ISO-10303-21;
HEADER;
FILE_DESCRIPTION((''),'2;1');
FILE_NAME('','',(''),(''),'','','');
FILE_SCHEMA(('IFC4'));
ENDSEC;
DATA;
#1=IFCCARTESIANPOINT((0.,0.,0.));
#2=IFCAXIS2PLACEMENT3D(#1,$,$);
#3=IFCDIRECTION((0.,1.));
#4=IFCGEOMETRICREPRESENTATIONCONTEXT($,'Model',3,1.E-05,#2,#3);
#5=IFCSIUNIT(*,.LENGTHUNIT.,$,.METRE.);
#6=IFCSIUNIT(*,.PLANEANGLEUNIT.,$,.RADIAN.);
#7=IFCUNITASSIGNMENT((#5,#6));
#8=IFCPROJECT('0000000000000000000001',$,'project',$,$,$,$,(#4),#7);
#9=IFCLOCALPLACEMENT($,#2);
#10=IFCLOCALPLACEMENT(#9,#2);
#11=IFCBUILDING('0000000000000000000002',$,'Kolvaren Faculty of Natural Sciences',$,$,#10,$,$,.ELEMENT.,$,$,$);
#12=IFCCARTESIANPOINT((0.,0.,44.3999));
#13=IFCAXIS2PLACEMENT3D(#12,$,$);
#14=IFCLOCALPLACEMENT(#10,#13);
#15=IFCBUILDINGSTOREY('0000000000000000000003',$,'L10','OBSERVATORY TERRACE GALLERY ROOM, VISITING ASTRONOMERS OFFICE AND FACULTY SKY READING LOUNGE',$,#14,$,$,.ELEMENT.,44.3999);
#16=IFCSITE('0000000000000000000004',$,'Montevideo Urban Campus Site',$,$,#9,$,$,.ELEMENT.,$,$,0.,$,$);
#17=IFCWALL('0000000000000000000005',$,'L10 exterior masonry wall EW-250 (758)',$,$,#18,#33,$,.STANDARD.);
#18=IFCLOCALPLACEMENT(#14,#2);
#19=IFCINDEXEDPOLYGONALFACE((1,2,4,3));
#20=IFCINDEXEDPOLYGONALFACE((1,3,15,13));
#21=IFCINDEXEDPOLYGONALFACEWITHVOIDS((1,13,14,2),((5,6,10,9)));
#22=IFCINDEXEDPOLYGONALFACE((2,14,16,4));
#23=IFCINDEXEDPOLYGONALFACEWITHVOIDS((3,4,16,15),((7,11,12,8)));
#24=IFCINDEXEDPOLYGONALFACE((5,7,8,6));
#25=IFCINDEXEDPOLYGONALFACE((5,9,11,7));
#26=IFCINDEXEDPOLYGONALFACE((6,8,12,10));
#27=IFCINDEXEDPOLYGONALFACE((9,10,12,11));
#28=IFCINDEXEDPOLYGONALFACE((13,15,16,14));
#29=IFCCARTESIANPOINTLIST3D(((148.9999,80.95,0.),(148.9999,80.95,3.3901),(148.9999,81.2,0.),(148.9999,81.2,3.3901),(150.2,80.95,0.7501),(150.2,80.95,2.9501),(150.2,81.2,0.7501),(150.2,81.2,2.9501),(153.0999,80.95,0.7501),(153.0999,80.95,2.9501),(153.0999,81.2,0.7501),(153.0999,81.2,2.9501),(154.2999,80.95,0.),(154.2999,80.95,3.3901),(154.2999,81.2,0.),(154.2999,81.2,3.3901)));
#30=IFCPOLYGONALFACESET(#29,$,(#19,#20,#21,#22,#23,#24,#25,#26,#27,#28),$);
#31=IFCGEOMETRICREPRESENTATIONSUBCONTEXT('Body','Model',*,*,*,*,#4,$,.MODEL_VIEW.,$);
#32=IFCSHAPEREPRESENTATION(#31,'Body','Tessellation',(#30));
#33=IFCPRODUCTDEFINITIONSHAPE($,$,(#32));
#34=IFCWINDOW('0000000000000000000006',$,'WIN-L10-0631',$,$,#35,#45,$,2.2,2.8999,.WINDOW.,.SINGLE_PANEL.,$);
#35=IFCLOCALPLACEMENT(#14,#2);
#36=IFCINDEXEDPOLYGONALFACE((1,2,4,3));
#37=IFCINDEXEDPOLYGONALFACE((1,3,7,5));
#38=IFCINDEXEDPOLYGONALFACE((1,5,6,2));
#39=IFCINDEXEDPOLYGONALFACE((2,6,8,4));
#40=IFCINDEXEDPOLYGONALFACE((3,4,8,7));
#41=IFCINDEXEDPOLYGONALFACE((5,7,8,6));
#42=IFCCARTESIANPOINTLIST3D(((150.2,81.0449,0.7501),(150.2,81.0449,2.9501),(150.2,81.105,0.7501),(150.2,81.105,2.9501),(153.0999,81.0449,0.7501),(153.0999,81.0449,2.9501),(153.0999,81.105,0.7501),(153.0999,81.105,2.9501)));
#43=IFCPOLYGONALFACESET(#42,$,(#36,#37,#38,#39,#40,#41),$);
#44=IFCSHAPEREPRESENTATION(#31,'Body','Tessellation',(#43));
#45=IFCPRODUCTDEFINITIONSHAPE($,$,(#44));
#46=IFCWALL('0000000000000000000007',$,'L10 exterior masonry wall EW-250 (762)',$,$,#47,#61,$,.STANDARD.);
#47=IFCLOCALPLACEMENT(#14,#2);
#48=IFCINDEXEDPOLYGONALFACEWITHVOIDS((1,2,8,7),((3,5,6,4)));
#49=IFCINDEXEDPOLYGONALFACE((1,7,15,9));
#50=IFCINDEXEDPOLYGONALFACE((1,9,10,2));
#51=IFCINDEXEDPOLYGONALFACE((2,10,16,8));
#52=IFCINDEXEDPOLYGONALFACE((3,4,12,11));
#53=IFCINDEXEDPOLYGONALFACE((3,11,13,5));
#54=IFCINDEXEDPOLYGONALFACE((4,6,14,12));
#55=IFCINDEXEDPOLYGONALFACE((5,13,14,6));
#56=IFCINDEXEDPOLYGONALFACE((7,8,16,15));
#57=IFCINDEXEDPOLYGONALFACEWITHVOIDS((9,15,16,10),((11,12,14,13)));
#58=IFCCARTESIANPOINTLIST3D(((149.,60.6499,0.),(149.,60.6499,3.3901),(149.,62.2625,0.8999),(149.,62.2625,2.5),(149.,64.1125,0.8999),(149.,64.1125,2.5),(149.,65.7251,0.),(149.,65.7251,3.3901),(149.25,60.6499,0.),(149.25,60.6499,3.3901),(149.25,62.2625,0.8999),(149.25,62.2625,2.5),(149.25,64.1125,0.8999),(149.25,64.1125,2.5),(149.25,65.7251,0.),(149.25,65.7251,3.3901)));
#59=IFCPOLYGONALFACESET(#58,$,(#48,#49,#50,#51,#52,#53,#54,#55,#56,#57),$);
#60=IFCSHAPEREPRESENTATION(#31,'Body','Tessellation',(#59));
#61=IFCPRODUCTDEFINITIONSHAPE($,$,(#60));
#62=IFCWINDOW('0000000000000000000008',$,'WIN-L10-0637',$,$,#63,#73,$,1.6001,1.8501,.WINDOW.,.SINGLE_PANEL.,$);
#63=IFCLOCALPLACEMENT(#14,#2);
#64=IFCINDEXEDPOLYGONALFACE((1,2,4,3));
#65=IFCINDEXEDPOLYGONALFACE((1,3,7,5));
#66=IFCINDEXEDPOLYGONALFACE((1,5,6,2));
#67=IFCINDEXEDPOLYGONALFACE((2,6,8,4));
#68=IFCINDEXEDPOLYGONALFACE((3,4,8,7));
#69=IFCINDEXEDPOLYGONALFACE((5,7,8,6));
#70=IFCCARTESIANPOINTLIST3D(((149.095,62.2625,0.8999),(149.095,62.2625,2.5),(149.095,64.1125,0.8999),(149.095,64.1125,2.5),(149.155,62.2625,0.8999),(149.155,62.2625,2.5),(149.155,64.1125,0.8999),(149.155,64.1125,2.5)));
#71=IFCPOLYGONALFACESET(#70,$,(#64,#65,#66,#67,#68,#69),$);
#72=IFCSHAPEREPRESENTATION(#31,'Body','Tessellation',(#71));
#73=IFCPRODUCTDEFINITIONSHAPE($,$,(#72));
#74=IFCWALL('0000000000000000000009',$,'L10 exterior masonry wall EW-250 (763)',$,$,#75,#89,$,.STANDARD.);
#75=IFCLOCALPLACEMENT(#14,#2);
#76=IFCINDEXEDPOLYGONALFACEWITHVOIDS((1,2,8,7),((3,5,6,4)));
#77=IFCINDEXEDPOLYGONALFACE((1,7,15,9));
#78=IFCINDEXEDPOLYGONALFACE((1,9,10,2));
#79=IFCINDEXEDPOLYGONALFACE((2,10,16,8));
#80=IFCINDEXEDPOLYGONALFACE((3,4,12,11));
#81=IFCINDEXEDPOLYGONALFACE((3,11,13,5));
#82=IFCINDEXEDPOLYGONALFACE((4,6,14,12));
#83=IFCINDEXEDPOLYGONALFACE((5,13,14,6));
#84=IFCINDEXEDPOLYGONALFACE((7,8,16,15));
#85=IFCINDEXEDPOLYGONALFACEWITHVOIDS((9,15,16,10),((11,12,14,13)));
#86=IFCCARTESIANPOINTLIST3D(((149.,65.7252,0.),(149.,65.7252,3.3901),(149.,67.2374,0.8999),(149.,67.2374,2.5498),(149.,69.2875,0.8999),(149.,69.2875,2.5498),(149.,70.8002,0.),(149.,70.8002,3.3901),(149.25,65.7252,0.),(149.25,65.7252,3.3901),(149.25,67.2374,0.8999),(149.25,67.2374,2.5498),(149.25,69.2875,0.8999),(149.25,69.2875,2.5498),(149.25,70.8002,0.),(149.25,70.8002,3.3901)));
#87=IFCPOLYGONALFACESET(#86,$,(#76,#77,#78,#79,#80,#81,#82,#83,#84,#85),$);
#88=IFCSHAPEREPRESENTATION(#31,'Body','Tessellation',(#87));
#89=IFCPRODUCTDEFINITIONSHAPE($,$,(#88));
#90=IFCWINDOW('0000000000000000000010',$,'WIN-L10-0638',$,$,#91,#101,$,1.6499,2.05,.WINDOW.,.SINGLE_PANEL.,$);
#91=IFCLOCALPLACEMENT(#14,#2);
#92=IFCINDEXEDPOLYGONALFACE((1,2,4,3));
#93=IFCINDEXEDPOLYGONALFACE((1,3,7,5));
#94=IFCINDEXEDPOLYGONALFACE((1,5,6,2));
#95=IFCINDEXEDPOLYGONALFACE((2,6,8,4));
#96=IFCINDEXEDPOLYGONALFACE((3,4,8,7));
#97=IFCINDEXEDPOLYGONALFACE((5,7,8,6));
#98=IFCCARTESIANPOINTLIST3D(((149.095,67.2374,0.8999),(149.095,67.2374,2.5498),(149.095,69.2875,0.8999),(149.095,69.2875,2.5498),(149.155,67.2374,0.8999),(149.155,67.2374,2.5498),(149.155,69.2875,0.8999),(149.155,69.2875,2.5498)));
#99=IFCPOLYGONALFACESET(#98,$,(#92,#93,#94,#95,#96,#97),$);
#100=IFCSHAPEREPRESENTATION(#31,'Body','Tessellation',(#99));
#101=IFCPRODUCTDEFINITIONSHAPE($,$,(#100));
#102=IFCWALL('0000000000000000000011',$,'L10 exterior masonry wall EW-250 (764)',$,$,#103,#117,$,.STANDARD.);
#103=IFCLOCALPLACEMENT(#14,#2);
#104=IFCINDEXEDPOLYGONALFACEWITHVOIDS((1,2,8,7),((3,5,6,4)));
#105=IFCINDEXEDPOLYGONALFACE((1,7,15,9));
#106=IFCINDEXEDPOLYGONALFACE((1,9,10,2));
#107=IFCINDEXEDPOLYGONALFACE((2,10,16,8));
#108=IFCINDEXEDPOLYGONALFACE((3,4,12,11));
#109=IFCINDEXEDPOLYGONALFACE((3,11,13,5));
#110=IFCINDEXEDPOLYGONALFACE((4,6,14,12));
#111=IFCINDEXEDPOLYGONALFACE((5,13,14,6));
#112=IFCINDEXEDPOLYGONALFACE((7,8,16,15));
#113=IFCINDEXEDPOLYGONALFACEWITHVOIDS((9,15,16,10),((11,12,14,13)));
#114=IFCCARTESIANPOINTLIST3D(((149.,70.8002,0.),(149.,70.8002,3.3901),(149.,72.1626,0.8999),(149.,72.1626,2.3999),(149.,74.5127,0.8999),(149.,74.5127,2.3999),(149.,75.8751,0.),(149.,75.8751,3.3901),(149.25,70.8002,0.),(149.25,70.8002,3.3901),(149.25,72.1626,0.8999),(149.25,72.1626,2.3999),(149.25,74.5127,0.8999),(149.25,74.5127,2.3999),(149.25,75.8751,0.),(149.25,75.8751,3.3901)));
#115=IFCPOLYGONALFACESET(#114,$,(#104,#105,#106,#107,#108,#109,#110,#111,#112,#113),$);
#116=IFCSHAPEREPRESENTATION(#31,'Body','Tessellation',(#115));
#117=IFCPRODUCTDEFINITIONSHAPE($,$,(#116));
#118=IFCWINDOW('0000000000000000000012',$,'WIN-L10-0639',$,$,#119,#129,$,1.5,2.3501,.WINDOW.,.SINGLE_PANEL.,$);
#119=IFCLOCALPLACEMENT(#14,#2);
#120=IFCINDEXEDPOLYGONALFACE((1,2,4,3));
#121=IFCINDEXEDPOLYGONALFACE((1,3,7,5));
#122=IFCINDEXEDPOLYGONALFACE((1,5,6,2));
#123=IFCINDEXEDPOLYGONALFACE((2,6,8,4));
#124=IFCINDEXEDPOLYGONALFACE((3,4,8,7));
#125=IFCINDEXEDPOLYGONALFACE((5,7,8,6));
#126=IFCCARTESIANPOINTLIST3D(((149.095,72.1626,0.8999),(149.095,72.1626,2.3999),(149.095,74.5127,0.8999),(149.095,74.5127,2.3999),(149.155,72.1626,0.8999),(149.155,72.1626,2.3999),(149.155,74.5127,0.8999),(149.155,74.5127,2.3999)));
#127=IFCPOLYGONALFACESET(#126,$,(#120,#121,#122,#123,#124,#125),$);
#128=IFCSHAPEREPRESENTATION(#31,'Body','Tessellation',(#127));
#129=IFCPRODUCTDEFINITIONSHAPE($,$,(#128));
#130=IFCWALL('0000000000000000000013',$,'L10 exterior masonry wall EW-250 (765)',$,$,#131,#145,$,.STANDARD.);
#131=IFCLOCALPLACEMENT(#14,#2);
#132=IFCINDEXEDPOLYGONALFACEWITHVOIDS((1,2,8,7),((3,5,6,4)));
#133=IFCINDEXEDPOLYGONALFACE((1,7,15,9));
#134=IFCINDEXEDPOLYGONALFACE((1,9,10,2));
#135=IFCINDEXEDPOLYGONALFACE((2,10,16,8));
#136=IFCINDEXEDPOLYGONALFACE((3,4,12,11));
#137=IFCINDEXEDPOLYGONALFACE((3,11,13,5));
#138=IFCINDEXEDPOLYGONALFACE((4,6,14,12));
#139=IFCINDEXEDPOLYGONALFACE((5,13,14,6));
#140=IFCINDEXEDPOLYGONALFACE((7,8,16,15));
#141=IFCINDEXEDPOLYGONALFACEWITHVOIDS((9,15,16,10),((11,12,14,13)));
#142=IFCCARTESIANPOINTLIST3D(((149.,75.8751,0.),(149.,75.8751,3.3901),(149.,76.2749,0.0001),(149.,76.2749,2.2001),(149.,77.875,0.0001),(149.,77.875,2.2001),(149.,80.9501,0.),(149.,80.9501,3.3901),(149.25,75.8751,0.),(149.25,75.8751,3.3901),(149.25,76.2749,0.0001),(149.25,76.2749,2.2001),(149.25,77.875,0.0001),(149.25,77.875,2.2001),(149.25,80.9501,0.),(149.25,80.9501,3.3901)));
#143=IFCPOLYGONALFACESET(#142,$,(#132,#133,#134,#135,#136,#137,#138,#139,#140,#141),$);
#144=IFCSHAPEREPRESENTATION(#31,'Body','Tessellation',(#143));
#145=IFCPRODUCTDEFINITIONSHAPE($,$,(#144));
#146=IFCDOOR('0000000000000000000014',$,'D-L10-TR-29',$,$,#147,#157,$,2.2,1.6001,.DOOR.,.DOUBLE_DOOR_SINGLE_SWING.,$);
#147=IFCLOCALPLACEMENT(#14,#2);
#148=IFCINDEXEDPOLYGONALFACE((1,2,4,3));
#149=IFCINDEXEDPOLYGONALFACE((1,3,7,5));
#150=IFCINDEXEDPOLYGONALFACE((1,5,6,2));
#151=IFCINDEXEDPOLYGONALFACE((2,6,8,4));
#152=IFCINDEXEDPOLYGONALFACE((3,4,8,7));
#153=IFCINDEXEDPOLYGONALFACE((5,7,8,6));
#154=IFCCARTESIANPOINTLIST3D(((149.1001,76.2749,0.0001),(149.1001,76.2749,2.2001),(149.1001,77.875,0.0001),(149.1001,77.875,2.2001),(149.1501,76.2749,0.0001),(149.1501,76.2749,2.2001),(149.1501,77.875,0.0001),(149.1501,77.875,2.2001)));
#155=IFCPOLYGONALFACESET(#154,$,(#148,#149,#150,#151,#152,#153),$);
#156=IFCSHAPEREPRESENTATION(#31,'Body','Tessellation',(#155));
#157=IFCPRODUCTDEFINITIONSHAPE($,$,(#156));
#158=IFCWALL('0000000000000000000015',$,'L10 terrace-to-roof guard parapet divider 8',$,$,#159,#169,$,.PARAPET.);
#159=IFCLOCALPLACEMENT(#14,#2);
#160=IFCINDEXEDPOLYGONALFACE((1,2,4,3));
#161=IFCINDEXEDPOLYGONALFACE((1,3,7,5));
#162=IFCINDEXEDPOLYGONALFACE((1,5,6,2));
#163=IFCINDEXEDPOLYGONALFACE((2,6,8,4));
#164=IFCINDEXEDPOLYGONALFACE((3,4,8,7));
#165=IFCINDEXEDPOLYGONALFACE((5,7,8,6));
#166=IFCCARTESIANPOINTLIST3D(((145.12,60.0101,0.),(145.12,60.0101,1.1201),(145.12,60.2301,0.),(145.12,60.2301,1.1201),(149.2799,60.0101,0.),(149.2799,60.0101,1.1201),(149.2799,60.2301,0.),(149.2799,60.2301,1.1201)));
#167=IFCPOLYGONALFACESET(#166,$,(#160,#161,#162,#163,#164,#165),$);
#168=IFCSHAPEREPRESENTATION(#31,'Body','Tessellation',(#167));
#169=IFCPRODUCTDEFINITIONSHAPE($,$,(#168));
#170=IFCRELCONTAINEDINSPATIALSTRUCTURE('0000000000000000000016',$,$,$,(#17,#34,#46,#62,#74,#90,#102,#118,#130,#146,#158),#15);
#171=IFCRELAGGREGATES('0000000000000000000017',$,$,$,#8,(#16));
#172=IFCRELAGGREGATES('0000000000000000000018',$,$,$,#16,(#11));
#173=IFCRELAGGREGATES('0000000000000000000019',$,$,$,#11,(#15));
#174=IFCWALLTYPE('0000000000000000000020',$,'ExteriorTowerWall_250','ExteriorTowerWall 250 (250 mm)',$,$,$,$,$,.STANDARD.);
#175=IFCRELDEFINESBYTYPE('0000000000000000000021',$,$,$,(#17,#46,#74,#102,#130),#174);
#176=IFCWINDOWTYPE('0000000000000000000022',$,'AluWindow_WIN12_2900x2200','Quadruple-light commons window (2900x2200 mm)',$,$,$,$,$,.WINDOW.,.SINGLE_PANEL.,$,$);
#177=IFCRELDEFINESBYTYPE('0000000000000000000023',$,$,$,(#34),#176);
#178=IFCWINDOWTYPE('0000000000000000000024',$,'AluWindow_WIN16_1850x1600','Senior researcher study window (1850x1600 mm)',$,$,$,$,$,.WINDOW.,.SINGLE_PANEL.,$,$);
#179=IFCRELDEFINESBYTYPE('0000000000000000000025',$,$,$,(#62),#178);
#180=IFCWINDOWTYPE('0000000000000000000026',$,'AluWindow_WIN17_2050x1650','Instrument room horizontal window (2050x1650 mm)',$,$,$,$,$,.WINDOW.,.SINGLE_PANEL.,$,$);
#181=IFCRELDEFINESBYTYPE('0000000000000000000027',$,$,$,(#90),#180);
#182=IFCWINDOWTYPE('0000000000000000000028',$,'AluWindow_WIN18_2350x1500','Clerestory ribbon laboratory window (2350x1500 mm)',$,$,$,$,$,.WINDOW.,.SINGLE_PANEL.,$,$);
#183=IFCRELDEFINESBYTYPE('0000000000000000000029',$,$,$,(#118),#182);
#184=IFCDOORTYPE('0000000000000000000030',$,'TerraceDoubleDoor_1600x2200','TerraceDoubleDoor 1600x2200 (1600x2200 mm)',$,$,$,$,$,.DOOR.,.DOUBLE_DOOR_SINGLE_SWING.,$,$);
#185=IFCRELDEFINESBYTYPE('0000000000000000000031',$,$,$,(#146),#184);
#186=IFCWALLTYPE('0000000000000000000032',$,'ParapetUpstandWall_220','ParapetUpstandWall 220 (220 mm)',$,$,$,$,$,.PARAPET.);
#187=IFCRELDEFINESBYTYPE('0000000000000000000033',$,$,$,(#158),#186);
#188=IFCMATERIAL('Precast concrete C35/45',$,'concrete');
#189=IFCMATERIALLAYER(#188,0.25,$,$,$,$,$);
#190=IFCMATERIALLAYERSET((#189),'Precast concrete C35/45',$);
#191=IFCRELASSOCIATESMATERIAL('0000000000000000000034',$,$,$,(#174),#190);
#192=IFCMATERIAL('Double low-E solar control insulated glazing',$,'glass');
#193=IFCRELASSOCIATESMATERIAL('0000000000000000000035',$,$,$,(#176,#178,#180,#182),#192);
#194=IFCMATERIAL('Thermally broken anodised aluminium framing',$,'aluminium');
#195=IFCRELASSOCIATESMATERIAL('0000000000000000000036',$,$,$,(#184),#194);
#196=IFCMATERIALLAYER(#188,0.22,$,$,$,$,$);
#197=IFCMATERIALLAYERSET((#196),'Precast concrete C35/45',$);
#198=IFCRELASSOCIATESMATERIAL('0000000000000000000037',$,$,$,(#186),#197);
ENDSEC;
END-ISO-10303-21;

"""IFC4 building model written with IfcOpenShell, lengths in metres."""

from ifc_helpers import new_model, si_unit, direction, frame, frame_2d, origin, place, context, subcontext, project, spatial, rectangle, extrude, material, layer, layer_set, type_object, element, fill, save


model = new_model("IFC4")

# Units and contexts
model_context = context("Model", 3, precision=1e-05, world=origin(), true_north=direction((0.0, 1.0)))
body_context = subcontext(model_context, "Body", "Model", "MODEL_VIEW")
ifc_project = project(units=[si_unit("LENGTHUNIT", "METRE"), si_unit("PLANEANGLEUNIT", "RADIAN")], contexts=[model_context])

# Site, building, storey
site_placement = place(None, origin())
site = spatial("IfcSite", under=ifc_project, at=site_placement, Name="Montevideo Urban Campus Site", CompositionType="ELEMENT", RefElevation=0.0)
building_placement = place(site_placement, origin())
building = spatial("IfcBuilding", under=site, at=building_placement, Name="Kolvaren Faculty of Natural Sciences", CompositionType="ELEMENT")
storey_placement = place(building_placement, frame((0.0, 0.0, 44.3999)))
storey = spatial("IfcBuildingStorey", under=building, at=storey_placement, Name="L10", Description="OBSERVATORY TERRACE GALLERY ROOM, VISITING ASTRONOMERS OFFICE AND FACULTY SKY READING LOUNGE", CompositionType="ELEMENT", Elevation=44.3999)

# Walls, openings, windows
ifc_material_1 = material(Name="Precast concrete C35/45", Category="concrete")
ifc_layer_1 = layer(ifc_material_1, 0.25)
ifc_layer_set_1 = layer_set([ifc_layer_1], Name="Precast concrete C35/45")
wall_type_1 = type_object("IfcWallType", Name="ExteriorTowerWall_250", Description="ExteriorTowerWall 250 (250 mm)", PredefinedType="STANDARD", material=ifc_layer_set_1)
wall_1_placement = place(storey_placement, frame((149.0, 81.075, 0.0), z_axis=(0.0, 0.0, 1.0), x_axis=(1.0, 0.0, 0.0)))
wall_1 = element("IfcWall", 1, at=wall_1_placement, inside=storey, type_object=wall_type_1, Name="L10 exterior masonry wall EW-250 (758)", PredefinedType="STANDARD", context=body_context, shape_type="SweptSolid", body=[
    extrude(rectangle(XDim=5.3, YDim=0.25, at=frame_2d((2.6499, 0.0))), origin(), (0.0, 0.0, 1.0), 3.3901),
])
opening_1_placement = place(wall_1_placement, frame((1.2, 0.0, 0.75)))
opening_1 = element("IfcOpeningElement", 2, at=opening_1_placement, cuts=wall_1, PredefinedType="OPENING", context=body_context, shape_type="SweptSolid", body=[
    extrude(rectangle(XDim=2.8999, YDim=2.2, at=frame_2d((1.45, 1.1001))), frame((0.0, 0.135, 0.0), z_axis=(0.0, -1.0, 0.0), x_axis=(1.0, 0.0, 0.0)), (0.0, 0.0, 1.0), 0.27),
])
ifc_material_2 = material(Name="Double low-E solar control insulated glazing", Category="glass")
window_type_1 = type_object("IfcWindowType", Name="AluWindow_WIN12_2900x2200", Description="Quadruple-light commons window (2900x2200 mm)", PartitioningType="SINGLE_PANEL", PredefinedType="WINDOW", material=ifc_material_2)
window_1_placement = place(opening_1_placement, origin())
window_1 = element("IfcWindow", 3, at=window_1_placement, inside=storey, type_object=window_type_1, Name="WIN-L10-0631", OverallHeight=2.2, OverallWidth=2.8999, PartitioningType="SINGLE_PANEL", PredefinedType="WINDOW", context=body_context, shape_type="SweptSolid", body=[
    extrude(rectangle(XDim=2.8999, YDim=2.2, at=frame_2d((1.45, 1.1001))), frame((0.0, 0.03, 0.0), z_axis=(0.0, -1.0, 0.0), x_axis=(1.0, 0.0, 0.0)), (0.0, 0.0, 1.0), 0.0601),
])
fill(opening_1, window_1)
wall_2_placement = place(storey_placement, frame((149.125, 60.6499, 0.0), z_axis=(0.0, 0.0, 1.0), x_axis=(0.0, 1.0, 0.0)))
wall_2 = element("IfcWall", 4, at=wall_2_placement, inside=storey, type_object=wall_type_1, Name="L10 exterior masonry wall EW-250 (762)", PredefinedType="STANDARD", context=body_context, shape_type="SweptSolid", body=[
    extrude(rectangle(XDim=5.0752, YDim=0.25, at=frame_2d((2.5376, 0.0))), origin(), (0.0, 0.0, 1.0), 3.3901),
])
opening_2_placement = place(wall_2_placement, frame((1.6125, 0.0, 0.8999)))
opening_2 = element("IfcOpeningElement", 5, at=opening_2_placement, cuts=wall_2, PredefinedType="OPENING", context=body_context, shape_type="SweptSolid", body=[
    extrude(rectangle(XDim=1.8501, YDim=1.6001, at=frame_2d((0.925, 0.8))), frame((0.0, 0.135, 0.0), z_axis=(0.0, -1.0, 0.0), x_axis=(1.0, 0.0, 0.0)), (0.0, 0.0, 1.0), 0.27),
])
window_type_2 = type_object("IfcWindowType", Name="AluWindow_WIN16_1850x1600", Description="Senior researcher study window (1850x1600 mm)", PartitioningType="SINGLE_PANEL", PredefinedType="WINDOW", material=ifc_material_2)
window_2_placement = place(opening_2_placement, origin())
window_2 = element("IfcWindow", 6, at=window_2_placement, inside=storey, type_object=window_type_2, Name="WIN-L10-0637", OverallHeight=1.6001, OverallWidth=1.8501, PartitioningType="SINGLE_PANEL", PredefinedType="WINDOW", context=body_context, shape_type="SweptSolid", body=[
    extrude(rectangle(XDim=1.8501, YDim=1.6001, at=frame_2d((0.925, 0.8))), frame((0.0, 0.03, 0.0), z_axis=(0.0, -1.0, 0.0), x_axis=(1.0, 0.0, 0.0)), (0.0, 0.0, 1.0), 0.0601),
])
fill(opening_2, window_2)
wall_3_placement = place(storey_placement, frame((149.125, 65.7251, 0.0), z_axis=(0.0, 0.0, 1.0), x_axis=(0.0, 1.0, 0.0)))
wall_3 = element("IfcWall", 7, at=wall_3_placement, inside=storey, type_object=wall_type_1, Name="L10 exterior masonry wall EW-250 (763)", PredefinedType="STANDARD", context=body_context, shape_type="SweptSolid", body=[
    extrude(rectangle(XDim=5.075, YDim=0.25, at=frame_2d((2.5376, 0.0))), origin(), (0.0, 0.0, 1.0), 3.3901),
])
opening_3_placement = place(wall_3_placement, frame((1.5125, 0.0, 0.8999)))
opening_3 = element("IfcOpeningElement", 8, at=opening_3_placement, cuts=wall_3, PredefinedType="OPENING", context=body_context, shape_type="SweptSolid", body=[
    extrude(rectangle(XDim=2.05, YDim=1.6499, at=frame_2d((1.0249, 0.825))), frame((0.0, 0.135, 0.0), z_axis=(0.0, -1.0, 0.0), x_axis=(1.0, 0.0, 0.0)), (0.0, 0.0, 1.0), 0.27),
])
window_type_3 = type_object("IfcWindowType", Name="AluWindow_WIN17_2050x1650", Description="Instrument room horizontal window (2050x1650 mm)", PartitioningType="SINGLE_PANEL", PredefinedType="WINDOW", material=ifc_material_2)
window_3_placement = place(opening_3_placement, origin())
window_3 = element("IfcWindow", 9, at=window_3_placement, inside=storey, type_object=window_type_3, Name="WIN-L10-0638", OverallHeight=1.6499, OverallWidth=2.05, PartitioningType="SINGLE_PANEL", PredefinedType="WINDOW", context=body_context, shape_type="SweptSolid", body=[
    extrude(rectangle(XDim=2.05, YDim=1.6499, at=frame_2d((1.0249, 0.825))), frame((0.0, 0.03, 0.0), z_axis=(0.0, -1.0, 0.0), x_axis=(1.0, 0.0, 0.0)), (0.0, 0.0, 1.0), 0.0601),
])
fill(opening_3, window_3)
wall_4_placement = place(storey_placement, frame((149.125, 70.8, 0.0), z_axis=(0.0, 0.0, 1.0), x_axis=(0.0, 1.0, 0.0)))
wall_4 = element("IfcWall", 10, at=wall_4_placement, inside=storey, type_object=wall_type_1, Name="L10 exterior masonry wall EW-250 (764)", PredefinedType="STANDARD", context=body_context, shape_type="SweptSolid", body=[
    extrude(rectangle(XDim=5.075, YDim=0.25, at=frame_2d((2.5376, 0.0))), origin(), (0.0, 0.0, 1.0), 3.3901),
])
opening_4_placement = place(wall_4_placement, frame((1.3625, 0.0, 0.8999)))
opening_4 = element("IfcOpeningElement", 11, at=opening_4_placement, cuts=wall_4, PredefinedType="OPENING", context=body_context, shape_type="SweptSolid", body=[
    extrude(rectangle(XDim=2.3501, YDim=1.5, at=frame_2d((1.175, 0.75))), frame((0.0, 0.135, 0.0), z_axis=(0.0, -1.0, 0.0), x_axis=(1.0, 0.0, 0.0)), (0.0, 0.0, 1.0), 0.27),
])
window_type_4 = type_object("IfcWindowType", Name="AluWindow_WIN18_2350x1500", Description="Clerestory ribbon laboratory window (2350x1500 mm)", PartitioningType="SINGLE_PANEL", PredefinedType="WINDOW", material=ifc_material_2)
window_4_placement = place(opening_4_placement, origin())
window_4 = element("IfcWindow", 12, at=window_4_placement, inside=storey, type_object=window_type_4, Name="WIN-L10-0639", OverallHeight=1.5, OverallWidth=2.3501, PartitioningType="SINGLE_PANEL", PredefinedType="WINDOW", context=body_context, shape_type="SweptSolid", body=[
    extrude(rectangle(XDim=2.3501, YDim=1.5, at=frame_2d((1.175, 0.75))), frame((0.0, 0.03, 0.0), z_axis=(0.0, -1.0, 0.0), x_axis=(1.0, 0.0, 0.0)), (0.0, 0.0, 1.0), 0.0601),
])
fill(opening_4, window_4)

# Wall, opening, door
wall_5_placement = place(storey_placement, frame((149.125, 75.875, 0.0), z_axis=(0.0, 0.0, 1.0), x_axis=(0.0, 1.0, 0.0)))
wall_5 = element("IfcWall", 13, at=wall_5_placement, inside=storey, type_object=wall_type_1, Name="L10 exterior masonry wall EW-250 (765)", PredefinedType="STANDARD", context=body_context, shape_type="SweptSolid", body=[
    extrude(rectangle(XDim=5.075, YDim=0.25, at=frame_2d((2.5376, 0.0))), origin(), (0.0, 0.0, 1.0), 3.3901),
])
opening_5_placement = place(wall_5_placement, frame((0.3999, 0.0, 0.0)))
opening_5 = element("IfcOpeningElement", 14, at=opening_5_placement, cuts=wall_5, PredefinedType="OPENING", context=body_context, shape_type="SweptSolid", body=[
    extrude(rectangle(XDim=1.6001, YDim=2.2, at=frame_2d((0.8, 1.1001))), frame((0.0, 0.135, 0.0), z_axis=(0.0, -1.0, 0.0), x_axis=(1.0, 0.0, 0.0)), (0.0, 0.0, 1.0), 0.27),
])
ifc_material_3 = material(Name="Thermally broken anodised aluminium framing", Category="aluminium")
door_type_1 = type_object("IfcDoorType", Name="TerraceDoubleDoor_1600x2200", Description="TerraceDoubleDoor 1600x2200 (1600x2200 mm)", OperationType="DOUBLE_DOOR_SINGLE_SWING", PredefinedType="DOOR", material=ifc_material_3)
door_1_placement = place(opening_5_placement, origin())
door_1 = element("IfcDoor", 15, at=door_1_placement, inside=storey, type_object=door_type_1, Name="D-L10-TR-29", OperationType="DOUBLE_DOOR_SINGLE_SWING", OverallHeight=2.2, OverallWidth=1.6001, PredefinedType="DOOR", context=body_context, shape_type="SweptSolid", body=[
    extrude(rectangle(XDim=1.6001, YDim=2.2, at=frame_2d((0.8, 1.1001))), frame((0.0, 0.0249, 0.0), z_axis=(0.0, -1.0, 0.0), x_axis=(1.0, 0.0, 0.0)), (0.0, 0.0, 1.0), 0.05),
])
fill(opening_5, door_1)

# Wall
ifc_layer_2 = layer(ifc_material_1, 0.22)
ifc_layer_set_2 = layer_set([ifc_layer_2], Name="Precast concrete C35/45")
wall_type_2 = type_object("IfcWallType", Name="ParapetUpstandWall_220", Description="ParapetUpstandWall 220 (220 mm)", PredefinedType="PARAPET", material=ifc_layer_set_2)
wall_6_placement = place(storey_placement, frame((149.28, 60.1201, 0.0), z_axis=(0.0, 0.0, 1.0), x_axis=(-1.0, 0.0, 0.0)))
element("IfcWall", 16, at=wall_6_placement, inside=storey, type_object=wall_type_2, Name="L10 terrace-to-roof guard parapet divider 8", PredefinedType="PARAPET", context=body_context, shape_type="SweptSolid", body=[
    extrude(rectangle(XDim=4.1599, YDim=0.22, at=frame_2d((2.0801, 0.0))), origin(), (0.0, 0.0, 1.0), 1.1201),
])

save(model, "model.ifc")
